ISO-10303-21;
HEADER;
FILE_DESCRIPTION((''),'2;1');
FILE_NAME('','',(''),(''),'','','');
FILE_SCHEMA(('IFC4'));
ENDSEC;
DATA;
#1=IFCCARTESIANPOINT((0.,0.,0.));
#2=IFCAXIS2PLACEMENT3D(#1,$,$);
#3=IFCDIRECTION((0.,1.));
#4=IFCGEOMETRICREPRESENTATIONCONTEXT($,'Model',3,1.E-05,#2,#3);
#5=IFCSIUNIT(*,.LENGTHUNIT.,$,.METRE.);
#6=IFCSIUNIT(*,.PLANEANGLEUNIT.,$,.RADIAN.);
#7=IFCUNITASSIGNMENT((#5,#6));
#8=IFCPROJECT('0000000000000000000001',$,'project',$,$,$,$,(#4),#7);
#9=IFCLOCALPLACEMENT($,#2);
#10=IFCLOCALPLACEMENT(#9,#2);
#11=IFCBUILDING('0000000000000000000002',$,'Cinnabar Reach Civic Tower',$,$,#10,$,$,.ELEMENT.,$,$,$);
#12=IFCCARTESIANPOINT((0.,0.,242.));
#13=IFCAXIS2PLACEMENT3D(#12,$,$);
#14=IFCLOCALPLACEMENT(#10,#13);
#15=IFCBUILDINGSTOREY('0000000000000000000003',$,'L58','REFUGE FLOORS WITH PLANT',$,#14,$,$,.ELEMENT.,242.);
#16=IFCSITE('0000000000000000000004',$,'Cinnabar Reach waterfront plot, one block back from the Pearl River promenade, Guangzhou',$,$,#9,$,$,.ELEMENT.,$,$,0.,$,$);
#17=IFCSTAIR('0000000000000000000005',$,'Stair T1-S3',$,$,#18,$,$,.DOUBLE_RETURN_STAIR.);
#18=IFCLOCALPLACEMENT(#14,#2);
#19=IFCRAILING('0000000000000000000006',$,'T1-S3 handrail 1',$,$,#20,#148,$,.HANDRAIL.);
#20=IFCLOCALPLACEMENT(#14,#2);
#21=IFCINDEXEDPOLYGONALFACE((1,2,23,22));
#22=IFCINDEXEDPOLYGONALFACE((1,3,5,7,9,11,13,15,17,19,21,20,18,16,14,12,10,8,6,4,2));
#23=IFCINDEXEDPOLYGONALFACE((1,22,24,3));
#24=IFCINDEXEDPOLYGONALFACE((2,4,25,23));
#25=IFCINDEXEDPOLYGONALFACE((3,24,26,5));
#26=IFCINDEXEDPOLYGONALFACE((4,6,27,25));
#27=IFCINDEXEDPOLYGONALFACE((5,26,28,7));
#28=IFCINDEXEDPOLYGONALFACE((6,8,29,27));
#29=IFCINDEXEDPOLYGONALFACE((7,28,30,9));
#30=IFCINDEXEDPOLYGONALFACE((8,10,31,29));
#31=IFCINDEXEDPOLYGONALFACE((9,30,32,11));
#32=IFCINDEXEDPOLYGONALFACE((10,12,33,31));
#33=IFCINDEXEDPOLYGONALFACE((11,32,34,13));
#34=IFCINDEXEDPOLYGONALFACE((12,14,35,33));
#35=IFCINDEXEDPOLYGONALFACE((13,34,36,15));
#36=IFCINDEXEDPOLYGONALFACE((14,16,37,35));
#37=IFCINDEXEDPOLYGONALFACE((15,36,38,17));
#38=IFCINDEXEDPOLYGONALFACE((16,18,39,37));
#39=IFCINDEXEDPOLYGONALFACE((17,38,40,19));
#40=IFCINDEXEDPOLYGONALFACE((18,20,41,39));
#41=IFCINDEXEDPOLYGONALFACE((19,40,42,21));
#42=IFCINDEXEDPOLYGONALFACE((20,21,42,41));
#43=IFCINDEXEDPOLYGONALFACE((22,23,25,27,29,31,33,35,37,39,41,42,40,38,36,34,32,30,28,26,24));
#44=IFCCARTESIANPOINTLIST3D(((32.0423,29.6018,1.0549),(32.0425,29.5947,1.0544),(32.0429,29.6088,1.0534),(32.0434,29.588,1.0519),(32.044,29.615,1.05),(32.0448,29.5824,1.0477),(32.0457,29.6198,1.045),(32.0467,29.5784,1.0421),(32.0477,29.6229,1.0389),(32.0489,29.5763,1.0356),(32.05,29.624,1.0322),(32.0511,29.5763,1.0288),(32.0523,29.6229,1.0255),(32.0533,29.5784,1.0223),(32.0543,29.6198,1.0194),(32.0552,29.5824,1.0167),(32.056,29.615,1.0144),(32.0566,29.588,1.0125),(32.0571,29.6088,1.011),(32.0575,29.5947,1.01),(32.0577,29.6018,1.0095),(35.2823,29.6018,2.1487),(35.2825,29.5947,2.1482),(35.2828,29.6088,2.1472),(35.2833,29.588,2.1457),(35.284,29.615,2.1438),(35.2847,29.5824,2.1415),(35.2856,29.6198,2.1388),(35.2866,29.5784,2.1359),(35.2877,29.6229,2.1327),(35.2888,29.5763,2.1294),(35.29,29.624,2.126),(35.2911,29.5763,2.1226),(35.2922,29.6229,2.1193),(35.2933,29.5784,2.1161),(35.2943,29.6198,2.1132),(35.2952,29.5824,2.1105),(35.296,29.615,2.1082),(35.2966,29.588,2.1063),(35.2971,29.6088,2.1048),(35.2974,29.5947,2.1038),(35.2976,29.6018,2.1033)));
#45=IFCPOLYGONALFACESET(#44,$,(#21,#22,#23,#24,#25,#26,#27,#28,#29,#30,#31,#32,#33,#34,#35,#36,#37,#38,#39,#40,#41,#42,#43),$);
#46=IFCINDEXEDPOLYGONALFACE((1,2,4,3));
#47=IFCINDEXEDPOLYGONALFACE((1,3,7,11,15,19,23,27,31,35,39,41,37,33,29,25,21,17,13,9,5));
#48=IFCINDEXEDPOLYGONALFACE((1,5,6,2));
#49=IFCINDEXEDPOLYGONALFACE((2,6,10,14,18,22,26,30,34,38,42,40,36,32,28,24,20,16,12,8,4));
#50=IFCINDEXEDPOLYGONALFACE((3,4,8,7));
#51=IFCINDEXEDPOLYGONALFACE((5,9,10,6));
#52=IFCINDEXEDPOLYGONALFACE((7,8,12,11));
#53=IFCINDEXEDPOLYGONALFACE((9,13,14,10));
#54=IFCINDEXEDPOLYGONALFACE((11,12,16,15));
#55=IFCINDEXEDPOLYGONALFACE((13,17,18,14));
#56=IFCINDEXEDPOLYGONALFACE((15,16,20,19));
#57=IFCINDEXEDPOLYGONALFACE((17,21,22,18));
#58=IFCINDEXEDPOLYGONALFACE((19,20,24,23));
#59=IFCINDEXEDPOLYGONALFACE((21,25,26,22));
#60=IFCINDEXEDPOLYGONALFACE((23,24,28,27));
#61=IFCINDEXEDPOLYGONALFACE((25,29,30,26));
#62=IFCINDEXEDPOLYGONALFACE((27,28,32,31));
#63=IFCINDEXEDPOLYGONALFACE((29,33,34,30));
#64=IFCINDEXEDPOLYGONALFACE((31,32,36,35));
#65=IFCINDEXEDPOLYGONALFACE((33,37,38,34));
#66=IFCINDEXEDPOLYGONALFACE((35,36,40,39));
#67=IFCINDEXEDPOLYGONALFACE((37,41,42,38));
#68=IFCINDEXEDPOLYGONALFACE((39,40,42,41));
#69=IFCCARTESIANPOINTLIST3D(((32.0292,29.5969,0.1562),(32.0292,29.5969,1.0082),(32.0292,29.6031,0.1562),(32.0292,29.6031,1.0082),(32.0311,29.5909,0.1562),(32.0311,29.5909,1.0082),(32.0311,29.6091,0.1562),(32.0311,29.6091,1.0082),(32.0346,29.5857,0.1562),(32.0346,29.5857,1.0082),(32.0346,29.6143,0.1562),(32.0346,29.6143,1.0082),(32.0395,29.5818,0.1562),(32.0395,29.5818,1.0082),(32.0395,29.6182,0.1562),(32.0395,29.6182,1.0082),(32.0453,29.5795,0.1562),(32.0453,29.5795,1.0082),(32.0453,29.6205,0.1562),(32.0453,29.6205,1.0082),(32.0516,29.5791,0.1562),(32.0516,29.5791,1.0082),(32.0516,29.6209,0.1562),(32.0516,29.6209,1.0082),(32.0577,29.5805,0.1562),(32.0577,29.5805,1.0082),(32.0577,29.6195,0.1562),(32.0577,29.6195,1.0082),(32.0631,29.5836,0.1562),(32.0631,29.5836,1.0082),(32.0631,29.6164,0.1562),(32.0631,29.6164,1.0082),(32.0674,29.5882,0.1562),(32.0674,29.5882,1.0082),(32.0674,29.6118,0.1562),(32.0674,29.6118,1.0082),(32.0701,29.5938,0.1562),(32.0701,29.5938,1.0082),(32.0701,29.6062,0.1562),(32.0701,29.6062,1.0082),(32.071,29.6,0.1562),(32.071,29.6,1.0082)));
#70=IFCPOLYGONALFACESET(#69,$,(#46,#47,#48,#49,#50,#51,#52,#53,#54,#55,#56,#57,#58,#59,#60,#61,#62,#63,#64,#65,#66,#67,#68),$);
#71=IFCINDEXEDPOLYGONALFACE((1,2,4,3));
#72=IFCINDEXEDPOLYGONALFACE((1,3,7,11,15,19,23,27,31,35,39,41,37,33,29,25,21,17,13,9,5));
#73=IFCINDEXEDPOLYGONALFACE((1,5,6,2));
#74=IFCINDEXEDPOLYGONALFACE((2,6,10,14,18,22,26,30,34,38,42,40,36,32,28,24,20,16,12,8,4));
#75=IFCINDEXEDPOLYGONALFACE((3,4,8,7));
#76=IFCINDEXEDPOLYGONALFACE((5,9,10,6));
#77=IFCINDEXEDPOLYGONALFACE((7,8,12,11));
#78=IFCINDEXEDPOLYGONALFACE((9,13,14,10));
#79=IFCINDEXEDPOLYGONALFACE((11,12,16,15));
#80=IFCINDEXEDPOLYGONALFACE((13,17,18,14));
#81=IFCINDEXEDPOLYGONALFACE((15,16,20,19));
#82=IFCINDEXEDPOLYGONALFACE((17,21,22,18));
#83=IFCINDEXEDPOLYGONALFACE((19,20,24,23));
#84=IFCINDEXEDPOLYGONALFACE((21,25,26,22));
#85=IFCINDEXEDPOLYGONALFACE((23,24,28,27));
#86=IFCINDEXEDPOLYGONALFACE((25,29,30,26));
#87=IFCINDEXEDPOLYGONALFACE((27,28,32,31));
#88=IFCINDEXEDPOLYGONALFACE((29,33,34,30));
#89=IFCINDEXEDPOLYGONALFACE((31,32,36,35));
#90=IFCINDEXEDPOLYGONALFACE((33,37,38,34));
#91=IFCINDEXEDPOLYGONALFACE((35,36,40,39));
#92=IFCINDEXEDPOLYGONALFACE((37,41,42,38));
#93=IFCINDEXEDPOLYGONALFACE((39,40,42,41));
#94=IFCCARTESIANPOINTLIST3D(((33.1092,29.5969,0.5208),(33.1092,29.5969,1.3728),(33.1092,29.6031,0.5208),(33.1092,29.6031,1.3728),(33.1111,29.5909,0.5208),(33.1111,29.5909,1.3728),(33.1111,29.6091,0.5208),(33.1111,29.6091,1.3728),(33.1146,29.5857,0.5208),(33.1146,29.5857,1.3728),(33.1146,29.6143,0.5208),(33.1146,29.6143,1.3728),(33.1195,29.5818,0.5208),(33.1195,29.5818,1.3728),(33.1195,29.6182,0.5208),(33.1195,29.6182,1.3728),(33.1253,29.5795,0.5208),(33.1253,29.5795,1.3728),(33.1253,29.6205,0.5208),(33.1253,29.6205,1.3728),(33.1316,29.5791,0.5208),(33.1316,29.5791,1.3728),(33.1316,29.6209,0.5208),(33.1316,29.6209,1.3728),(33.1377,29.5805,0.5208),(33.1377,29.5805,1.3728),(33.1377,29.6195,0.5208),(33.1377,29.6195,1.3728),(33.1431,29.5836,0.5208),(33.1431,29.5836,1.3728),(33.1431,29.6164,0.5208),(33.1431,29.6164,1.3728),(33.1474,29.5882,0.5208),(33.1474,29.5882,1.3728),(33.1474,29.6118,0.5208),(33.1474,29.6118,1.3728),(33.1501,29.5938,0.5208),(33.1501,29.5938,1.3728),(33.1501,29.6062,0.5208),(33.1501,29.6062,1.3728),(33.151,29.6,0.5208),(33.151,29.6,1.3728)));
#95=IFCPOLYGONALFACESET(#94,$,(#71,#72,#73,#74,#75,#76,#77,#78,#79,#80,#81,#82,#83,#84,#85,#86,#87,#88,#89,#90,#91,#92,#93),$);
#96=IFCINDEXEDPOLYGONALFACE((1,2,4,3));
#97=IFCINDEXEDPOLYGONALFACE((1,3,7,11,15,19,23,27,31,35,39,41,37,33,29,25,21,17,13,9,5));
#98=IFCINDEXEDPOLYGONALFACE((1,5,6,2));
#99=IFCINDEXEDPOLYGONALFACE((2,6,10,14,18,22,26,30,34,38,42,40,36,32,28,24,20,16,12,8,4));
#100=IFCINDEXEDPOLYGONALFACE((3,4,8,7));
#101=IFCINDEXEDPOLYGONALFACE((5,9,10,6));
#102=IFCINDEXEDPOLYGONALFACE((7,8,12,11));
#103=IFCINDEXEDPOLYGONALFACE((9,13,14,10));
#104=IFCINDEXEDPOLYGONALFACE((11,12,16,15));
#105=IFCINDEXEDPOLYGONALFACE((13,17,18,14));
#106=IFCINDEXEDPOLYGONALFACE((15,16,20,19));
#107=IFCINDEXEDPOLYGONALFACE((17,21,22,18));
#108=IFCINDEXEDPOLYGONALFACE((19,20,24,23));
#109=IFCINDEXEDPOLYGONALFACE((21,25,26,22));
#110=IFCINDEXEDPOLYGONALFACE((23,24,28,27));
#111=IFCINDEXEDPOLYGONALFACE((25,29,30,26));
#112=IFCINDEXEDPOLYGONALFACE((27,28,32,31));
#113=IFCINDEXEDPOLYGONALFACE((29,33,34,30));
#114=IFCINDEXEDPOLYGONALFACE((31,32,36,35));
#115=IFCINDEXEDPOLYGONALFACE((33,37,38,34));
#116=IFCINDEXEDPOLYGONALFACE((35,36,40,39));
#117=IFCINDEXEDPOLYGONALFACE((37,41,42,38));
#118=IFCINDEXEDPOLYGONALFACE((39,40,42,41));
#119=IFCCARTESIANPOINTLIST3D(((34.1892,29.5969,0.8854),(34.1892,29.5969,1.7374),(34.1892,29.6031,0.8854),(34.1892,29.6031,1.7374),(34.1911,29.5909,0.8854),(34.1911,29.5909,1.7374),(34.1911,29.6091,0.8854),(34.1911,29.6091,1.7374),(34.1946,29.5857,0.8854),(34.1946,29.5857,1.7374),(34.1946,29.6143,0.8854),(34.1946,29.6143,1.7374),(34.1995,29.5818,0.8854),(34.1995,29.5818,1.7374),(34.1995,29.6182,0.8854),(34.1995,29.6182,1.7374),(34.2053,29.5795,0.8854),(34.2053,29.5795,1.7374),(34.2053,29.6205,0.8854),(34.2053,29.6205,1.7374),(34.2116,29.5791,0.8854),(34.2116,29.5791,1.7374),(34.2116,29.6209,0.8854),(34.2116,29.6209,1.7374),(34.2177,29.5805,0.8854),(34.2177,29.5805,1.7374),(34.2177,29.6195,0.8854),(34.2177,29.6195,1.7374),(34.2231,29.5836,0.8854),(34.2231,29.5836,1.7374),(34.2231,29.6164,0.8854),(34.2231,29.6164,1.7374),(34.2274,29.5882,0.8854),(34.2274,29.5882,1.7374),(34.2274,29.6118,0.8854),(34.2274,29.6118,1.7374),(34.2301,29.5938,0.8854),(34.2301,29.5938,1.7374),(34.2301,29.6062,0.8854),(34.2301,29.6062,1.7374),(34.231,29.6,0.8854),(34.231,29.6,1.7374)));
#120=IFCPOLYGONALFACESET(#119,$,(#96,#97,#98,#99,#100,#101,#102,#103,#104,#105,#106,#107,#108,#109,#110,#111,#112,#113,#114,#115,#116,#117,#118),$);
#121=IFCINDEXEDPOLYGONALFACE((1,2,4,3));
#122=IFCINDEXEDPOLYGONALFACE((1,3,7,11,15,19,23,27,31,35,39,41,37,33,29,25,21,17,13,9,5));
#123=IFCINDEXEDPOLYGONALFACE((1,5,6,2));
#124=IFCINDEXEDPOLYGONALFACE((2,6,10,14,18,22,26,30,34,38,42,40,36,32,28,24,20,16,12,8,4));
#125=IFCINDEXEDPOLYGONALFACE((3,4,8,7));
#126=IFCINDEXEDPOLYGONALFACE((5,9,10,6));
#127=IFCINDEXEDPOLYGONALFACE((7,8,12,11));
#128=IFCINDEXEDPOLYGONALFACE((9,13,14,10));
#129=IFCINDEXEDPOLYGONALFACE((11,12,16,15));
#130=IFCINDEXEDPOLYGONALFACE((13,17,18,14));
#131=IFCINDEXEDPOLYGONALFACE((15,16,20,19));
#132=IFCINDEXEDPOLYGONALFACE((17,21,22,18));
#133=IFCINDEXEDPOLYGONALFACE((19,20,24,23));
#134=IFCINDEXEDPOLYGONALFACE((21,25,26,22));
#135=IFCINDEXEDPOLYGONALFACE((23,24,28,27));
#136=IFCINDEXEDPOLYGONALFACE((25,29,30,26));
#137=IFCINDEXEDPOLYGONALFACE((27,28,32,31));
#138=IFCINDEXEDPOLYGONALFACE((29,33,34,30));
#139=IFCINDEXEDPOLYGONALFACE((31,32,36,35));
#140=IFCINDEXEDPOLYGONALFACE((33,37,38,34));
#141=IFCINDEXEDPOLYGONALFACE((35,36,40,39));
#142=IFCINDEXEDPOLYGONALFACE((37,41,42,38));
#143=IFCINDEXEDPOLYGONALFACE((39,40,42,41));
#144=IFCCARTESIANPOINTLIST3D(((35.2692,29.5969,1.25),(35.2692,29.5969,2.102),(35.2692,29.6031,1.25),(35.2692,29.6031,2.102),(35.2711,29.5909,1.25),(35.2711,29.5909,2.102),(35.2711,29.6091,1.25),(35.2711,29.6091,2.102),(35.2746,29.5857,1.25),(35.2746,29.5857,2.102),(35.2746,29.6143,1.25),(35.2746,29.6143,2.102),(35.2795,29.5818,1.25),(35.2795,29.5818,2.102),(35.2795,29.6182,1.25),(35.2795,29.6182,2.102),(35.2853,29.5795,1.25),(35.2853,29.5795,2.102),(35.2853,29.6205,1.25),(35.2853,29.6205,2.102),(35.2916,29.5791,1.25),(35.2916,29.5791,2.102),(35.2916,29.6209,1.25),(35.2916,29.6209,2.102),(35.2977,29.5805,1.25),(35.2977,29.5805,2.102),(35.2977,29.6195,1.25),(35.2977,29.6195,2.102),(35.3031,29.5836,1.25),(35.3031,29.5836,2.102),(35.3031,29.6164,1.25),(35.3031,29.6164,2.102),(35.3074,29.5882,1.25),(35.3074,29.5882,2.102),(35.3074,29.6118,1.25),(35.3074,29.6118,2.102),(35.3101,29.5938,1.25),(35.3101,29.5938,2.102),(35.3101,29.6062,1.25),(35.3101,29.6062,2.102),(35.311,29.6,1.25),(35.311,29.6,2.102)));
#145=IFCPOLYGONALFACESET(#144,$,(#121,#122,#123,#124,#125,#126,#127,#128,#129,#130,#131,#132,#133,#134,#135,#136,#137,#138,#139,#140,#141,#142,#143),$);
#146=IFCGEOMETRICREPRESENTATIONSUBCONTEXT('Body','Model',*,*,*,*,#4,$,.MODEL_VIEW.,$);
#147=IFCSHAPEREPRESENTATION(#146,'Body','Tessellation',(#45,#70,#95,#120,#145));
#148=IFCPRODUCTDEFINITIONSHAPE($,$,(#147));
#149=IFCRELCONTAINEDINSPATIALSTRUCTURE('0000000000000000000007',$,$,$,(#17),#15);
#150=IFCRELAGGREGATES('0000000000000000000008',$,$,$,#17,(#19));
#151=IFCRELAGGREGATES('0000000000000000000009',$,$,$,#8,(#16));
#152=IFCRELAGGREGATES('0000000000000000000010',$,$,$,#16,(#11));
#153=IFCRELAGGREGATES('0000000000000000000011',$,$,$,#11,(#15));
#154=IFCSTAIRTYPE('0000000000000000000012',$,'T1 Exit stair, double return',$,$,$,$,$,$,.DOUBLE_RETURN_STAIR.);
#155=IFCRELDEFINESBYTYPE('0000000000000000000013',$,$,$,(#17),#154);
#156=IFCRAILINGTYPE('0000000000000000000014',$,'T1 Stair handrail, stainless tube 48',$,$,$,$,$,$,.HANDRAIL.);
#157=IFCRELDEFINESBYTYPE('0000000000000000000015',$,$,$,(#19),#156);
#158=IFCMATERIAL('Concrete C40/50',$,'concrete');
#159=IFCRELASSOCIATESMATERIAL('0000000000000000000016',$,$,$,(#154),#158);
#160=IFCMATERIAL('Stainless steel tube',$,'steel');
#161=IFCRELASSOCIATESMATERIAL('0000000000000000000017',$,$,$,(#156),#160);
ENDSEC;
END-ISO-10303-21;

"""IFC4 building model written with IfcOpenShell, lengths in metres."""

from ifc_helpers import new_model, si_unit, direction, frame, origin, origin_2d, place, context, subcontext, project, spatial, circle, extrude, material, type_object, element, aggregate, save


model = new_model("IFC4")

# Units and contexts
model_context = context("Model", 3, precision=1e-05, world=origin(), true_north=direction((0.0, 1.0)))
body_context = subcontext(model_context, "Body", "Model", "MODEL_VIEW")
ifc_project = project(units=[si_unit("LENGTHUNIT", "METRE"), si_unit("PLANEANGLEUNIT", "RADIAN")], contexts=[model_context])

# Site, building, storey
site_placement = place(None, origin())
site = spatial("IfcSite", under=ifc_project, at=site_placement, Name="Cinnabar Reach waterfront plot, one block back from the Pearl River promenade, Guangzhou", CompositionType="ELEMENT", RefElevation=0.0)
building_placement = place(site_placement, origin())
building = spatial("IfcBuilding", under=site, at=building_placement, Name="Cinnabar Reach Civic Tower", CompositionType="ELEMENT")
storey_placement = place(building_placement, frame((0.0, 0.0, 242.0)))
storey = spatial("IfcBuildingStorey", under=building, at=storey_placement, Name="L58", Description="REFUGE FLOORS WITH PLANT", CompositionType="ELEMENT", Elevation=242.0)

# Stair, railing
ifc_material_1 = material(Name="Concrete C40/50", Category="concrete")
stair_type = type_object("IfcStairType", Name="T1 Exit stair, double return", PredefinedType="DOUBLE_RETURN_STAIR", material=ifc_material_1)
stair_placement = place(storey_placement, origin())
stair = element("IfcStair", 1, at=stair_placement, inside=storey, type_object=stair_type, Name="Stair T1-S3", PredefinedType="DOUBLE_RETURN_STAIR")
ifc_material_2 = material(Name="Stainless steel tube", Category="steel")
railing_type_1 = type_object("IfcRailingType", Name="T1 Stair handrail, stainless tube 48", PredefinedType="HANDRAIL", material=ifc_material_2)
railing_1_placement = place(storey_placement, frame((32.05, 29.6, 0.1562)))
railing_1 = element("IfcRailing", 2, at=railing_1_placement, type_object=railing_type_1, Name="T1-S3 handrail 1", PredefinedType="HANDRAIL", context=body_context, shape_type="SweptSolid", body=[
    extrude(circle(Radius=0.024, at=origin_2d()), frame((0.0, 0.0, 0.876), z_axis=(0.947466, 0.0, 0.319857), x_axis=(0.0, 1.0, 0.0)), (0.0, 0.0, 1.0), 3.4196),
    extrude(circle(Radius=0.021, at=origin_2d()), origin(), (0.0, 0.0, 1.0), 0.852),
    extrude(circle(Radius=0.021, at=origin_2d()), frame((1.08, 0.0, 0.3646)), (0.0, 0.0, 1.0), 0.852),
    extrude(circle(Radius=0.021, at=origin_2d()), frame((2.16, 0.0, 0.7292)), (0.0, 0.0, 1.0), 0.852),
    extrude(circle(Radius=0.021, at=origin_2d()), frame((3.24, 0.0, 1.0938)), (0.0, 0.0, 1.0), 0.852),
])
aggregate(stair, [railing_1])

save(model, "model.ifc")
